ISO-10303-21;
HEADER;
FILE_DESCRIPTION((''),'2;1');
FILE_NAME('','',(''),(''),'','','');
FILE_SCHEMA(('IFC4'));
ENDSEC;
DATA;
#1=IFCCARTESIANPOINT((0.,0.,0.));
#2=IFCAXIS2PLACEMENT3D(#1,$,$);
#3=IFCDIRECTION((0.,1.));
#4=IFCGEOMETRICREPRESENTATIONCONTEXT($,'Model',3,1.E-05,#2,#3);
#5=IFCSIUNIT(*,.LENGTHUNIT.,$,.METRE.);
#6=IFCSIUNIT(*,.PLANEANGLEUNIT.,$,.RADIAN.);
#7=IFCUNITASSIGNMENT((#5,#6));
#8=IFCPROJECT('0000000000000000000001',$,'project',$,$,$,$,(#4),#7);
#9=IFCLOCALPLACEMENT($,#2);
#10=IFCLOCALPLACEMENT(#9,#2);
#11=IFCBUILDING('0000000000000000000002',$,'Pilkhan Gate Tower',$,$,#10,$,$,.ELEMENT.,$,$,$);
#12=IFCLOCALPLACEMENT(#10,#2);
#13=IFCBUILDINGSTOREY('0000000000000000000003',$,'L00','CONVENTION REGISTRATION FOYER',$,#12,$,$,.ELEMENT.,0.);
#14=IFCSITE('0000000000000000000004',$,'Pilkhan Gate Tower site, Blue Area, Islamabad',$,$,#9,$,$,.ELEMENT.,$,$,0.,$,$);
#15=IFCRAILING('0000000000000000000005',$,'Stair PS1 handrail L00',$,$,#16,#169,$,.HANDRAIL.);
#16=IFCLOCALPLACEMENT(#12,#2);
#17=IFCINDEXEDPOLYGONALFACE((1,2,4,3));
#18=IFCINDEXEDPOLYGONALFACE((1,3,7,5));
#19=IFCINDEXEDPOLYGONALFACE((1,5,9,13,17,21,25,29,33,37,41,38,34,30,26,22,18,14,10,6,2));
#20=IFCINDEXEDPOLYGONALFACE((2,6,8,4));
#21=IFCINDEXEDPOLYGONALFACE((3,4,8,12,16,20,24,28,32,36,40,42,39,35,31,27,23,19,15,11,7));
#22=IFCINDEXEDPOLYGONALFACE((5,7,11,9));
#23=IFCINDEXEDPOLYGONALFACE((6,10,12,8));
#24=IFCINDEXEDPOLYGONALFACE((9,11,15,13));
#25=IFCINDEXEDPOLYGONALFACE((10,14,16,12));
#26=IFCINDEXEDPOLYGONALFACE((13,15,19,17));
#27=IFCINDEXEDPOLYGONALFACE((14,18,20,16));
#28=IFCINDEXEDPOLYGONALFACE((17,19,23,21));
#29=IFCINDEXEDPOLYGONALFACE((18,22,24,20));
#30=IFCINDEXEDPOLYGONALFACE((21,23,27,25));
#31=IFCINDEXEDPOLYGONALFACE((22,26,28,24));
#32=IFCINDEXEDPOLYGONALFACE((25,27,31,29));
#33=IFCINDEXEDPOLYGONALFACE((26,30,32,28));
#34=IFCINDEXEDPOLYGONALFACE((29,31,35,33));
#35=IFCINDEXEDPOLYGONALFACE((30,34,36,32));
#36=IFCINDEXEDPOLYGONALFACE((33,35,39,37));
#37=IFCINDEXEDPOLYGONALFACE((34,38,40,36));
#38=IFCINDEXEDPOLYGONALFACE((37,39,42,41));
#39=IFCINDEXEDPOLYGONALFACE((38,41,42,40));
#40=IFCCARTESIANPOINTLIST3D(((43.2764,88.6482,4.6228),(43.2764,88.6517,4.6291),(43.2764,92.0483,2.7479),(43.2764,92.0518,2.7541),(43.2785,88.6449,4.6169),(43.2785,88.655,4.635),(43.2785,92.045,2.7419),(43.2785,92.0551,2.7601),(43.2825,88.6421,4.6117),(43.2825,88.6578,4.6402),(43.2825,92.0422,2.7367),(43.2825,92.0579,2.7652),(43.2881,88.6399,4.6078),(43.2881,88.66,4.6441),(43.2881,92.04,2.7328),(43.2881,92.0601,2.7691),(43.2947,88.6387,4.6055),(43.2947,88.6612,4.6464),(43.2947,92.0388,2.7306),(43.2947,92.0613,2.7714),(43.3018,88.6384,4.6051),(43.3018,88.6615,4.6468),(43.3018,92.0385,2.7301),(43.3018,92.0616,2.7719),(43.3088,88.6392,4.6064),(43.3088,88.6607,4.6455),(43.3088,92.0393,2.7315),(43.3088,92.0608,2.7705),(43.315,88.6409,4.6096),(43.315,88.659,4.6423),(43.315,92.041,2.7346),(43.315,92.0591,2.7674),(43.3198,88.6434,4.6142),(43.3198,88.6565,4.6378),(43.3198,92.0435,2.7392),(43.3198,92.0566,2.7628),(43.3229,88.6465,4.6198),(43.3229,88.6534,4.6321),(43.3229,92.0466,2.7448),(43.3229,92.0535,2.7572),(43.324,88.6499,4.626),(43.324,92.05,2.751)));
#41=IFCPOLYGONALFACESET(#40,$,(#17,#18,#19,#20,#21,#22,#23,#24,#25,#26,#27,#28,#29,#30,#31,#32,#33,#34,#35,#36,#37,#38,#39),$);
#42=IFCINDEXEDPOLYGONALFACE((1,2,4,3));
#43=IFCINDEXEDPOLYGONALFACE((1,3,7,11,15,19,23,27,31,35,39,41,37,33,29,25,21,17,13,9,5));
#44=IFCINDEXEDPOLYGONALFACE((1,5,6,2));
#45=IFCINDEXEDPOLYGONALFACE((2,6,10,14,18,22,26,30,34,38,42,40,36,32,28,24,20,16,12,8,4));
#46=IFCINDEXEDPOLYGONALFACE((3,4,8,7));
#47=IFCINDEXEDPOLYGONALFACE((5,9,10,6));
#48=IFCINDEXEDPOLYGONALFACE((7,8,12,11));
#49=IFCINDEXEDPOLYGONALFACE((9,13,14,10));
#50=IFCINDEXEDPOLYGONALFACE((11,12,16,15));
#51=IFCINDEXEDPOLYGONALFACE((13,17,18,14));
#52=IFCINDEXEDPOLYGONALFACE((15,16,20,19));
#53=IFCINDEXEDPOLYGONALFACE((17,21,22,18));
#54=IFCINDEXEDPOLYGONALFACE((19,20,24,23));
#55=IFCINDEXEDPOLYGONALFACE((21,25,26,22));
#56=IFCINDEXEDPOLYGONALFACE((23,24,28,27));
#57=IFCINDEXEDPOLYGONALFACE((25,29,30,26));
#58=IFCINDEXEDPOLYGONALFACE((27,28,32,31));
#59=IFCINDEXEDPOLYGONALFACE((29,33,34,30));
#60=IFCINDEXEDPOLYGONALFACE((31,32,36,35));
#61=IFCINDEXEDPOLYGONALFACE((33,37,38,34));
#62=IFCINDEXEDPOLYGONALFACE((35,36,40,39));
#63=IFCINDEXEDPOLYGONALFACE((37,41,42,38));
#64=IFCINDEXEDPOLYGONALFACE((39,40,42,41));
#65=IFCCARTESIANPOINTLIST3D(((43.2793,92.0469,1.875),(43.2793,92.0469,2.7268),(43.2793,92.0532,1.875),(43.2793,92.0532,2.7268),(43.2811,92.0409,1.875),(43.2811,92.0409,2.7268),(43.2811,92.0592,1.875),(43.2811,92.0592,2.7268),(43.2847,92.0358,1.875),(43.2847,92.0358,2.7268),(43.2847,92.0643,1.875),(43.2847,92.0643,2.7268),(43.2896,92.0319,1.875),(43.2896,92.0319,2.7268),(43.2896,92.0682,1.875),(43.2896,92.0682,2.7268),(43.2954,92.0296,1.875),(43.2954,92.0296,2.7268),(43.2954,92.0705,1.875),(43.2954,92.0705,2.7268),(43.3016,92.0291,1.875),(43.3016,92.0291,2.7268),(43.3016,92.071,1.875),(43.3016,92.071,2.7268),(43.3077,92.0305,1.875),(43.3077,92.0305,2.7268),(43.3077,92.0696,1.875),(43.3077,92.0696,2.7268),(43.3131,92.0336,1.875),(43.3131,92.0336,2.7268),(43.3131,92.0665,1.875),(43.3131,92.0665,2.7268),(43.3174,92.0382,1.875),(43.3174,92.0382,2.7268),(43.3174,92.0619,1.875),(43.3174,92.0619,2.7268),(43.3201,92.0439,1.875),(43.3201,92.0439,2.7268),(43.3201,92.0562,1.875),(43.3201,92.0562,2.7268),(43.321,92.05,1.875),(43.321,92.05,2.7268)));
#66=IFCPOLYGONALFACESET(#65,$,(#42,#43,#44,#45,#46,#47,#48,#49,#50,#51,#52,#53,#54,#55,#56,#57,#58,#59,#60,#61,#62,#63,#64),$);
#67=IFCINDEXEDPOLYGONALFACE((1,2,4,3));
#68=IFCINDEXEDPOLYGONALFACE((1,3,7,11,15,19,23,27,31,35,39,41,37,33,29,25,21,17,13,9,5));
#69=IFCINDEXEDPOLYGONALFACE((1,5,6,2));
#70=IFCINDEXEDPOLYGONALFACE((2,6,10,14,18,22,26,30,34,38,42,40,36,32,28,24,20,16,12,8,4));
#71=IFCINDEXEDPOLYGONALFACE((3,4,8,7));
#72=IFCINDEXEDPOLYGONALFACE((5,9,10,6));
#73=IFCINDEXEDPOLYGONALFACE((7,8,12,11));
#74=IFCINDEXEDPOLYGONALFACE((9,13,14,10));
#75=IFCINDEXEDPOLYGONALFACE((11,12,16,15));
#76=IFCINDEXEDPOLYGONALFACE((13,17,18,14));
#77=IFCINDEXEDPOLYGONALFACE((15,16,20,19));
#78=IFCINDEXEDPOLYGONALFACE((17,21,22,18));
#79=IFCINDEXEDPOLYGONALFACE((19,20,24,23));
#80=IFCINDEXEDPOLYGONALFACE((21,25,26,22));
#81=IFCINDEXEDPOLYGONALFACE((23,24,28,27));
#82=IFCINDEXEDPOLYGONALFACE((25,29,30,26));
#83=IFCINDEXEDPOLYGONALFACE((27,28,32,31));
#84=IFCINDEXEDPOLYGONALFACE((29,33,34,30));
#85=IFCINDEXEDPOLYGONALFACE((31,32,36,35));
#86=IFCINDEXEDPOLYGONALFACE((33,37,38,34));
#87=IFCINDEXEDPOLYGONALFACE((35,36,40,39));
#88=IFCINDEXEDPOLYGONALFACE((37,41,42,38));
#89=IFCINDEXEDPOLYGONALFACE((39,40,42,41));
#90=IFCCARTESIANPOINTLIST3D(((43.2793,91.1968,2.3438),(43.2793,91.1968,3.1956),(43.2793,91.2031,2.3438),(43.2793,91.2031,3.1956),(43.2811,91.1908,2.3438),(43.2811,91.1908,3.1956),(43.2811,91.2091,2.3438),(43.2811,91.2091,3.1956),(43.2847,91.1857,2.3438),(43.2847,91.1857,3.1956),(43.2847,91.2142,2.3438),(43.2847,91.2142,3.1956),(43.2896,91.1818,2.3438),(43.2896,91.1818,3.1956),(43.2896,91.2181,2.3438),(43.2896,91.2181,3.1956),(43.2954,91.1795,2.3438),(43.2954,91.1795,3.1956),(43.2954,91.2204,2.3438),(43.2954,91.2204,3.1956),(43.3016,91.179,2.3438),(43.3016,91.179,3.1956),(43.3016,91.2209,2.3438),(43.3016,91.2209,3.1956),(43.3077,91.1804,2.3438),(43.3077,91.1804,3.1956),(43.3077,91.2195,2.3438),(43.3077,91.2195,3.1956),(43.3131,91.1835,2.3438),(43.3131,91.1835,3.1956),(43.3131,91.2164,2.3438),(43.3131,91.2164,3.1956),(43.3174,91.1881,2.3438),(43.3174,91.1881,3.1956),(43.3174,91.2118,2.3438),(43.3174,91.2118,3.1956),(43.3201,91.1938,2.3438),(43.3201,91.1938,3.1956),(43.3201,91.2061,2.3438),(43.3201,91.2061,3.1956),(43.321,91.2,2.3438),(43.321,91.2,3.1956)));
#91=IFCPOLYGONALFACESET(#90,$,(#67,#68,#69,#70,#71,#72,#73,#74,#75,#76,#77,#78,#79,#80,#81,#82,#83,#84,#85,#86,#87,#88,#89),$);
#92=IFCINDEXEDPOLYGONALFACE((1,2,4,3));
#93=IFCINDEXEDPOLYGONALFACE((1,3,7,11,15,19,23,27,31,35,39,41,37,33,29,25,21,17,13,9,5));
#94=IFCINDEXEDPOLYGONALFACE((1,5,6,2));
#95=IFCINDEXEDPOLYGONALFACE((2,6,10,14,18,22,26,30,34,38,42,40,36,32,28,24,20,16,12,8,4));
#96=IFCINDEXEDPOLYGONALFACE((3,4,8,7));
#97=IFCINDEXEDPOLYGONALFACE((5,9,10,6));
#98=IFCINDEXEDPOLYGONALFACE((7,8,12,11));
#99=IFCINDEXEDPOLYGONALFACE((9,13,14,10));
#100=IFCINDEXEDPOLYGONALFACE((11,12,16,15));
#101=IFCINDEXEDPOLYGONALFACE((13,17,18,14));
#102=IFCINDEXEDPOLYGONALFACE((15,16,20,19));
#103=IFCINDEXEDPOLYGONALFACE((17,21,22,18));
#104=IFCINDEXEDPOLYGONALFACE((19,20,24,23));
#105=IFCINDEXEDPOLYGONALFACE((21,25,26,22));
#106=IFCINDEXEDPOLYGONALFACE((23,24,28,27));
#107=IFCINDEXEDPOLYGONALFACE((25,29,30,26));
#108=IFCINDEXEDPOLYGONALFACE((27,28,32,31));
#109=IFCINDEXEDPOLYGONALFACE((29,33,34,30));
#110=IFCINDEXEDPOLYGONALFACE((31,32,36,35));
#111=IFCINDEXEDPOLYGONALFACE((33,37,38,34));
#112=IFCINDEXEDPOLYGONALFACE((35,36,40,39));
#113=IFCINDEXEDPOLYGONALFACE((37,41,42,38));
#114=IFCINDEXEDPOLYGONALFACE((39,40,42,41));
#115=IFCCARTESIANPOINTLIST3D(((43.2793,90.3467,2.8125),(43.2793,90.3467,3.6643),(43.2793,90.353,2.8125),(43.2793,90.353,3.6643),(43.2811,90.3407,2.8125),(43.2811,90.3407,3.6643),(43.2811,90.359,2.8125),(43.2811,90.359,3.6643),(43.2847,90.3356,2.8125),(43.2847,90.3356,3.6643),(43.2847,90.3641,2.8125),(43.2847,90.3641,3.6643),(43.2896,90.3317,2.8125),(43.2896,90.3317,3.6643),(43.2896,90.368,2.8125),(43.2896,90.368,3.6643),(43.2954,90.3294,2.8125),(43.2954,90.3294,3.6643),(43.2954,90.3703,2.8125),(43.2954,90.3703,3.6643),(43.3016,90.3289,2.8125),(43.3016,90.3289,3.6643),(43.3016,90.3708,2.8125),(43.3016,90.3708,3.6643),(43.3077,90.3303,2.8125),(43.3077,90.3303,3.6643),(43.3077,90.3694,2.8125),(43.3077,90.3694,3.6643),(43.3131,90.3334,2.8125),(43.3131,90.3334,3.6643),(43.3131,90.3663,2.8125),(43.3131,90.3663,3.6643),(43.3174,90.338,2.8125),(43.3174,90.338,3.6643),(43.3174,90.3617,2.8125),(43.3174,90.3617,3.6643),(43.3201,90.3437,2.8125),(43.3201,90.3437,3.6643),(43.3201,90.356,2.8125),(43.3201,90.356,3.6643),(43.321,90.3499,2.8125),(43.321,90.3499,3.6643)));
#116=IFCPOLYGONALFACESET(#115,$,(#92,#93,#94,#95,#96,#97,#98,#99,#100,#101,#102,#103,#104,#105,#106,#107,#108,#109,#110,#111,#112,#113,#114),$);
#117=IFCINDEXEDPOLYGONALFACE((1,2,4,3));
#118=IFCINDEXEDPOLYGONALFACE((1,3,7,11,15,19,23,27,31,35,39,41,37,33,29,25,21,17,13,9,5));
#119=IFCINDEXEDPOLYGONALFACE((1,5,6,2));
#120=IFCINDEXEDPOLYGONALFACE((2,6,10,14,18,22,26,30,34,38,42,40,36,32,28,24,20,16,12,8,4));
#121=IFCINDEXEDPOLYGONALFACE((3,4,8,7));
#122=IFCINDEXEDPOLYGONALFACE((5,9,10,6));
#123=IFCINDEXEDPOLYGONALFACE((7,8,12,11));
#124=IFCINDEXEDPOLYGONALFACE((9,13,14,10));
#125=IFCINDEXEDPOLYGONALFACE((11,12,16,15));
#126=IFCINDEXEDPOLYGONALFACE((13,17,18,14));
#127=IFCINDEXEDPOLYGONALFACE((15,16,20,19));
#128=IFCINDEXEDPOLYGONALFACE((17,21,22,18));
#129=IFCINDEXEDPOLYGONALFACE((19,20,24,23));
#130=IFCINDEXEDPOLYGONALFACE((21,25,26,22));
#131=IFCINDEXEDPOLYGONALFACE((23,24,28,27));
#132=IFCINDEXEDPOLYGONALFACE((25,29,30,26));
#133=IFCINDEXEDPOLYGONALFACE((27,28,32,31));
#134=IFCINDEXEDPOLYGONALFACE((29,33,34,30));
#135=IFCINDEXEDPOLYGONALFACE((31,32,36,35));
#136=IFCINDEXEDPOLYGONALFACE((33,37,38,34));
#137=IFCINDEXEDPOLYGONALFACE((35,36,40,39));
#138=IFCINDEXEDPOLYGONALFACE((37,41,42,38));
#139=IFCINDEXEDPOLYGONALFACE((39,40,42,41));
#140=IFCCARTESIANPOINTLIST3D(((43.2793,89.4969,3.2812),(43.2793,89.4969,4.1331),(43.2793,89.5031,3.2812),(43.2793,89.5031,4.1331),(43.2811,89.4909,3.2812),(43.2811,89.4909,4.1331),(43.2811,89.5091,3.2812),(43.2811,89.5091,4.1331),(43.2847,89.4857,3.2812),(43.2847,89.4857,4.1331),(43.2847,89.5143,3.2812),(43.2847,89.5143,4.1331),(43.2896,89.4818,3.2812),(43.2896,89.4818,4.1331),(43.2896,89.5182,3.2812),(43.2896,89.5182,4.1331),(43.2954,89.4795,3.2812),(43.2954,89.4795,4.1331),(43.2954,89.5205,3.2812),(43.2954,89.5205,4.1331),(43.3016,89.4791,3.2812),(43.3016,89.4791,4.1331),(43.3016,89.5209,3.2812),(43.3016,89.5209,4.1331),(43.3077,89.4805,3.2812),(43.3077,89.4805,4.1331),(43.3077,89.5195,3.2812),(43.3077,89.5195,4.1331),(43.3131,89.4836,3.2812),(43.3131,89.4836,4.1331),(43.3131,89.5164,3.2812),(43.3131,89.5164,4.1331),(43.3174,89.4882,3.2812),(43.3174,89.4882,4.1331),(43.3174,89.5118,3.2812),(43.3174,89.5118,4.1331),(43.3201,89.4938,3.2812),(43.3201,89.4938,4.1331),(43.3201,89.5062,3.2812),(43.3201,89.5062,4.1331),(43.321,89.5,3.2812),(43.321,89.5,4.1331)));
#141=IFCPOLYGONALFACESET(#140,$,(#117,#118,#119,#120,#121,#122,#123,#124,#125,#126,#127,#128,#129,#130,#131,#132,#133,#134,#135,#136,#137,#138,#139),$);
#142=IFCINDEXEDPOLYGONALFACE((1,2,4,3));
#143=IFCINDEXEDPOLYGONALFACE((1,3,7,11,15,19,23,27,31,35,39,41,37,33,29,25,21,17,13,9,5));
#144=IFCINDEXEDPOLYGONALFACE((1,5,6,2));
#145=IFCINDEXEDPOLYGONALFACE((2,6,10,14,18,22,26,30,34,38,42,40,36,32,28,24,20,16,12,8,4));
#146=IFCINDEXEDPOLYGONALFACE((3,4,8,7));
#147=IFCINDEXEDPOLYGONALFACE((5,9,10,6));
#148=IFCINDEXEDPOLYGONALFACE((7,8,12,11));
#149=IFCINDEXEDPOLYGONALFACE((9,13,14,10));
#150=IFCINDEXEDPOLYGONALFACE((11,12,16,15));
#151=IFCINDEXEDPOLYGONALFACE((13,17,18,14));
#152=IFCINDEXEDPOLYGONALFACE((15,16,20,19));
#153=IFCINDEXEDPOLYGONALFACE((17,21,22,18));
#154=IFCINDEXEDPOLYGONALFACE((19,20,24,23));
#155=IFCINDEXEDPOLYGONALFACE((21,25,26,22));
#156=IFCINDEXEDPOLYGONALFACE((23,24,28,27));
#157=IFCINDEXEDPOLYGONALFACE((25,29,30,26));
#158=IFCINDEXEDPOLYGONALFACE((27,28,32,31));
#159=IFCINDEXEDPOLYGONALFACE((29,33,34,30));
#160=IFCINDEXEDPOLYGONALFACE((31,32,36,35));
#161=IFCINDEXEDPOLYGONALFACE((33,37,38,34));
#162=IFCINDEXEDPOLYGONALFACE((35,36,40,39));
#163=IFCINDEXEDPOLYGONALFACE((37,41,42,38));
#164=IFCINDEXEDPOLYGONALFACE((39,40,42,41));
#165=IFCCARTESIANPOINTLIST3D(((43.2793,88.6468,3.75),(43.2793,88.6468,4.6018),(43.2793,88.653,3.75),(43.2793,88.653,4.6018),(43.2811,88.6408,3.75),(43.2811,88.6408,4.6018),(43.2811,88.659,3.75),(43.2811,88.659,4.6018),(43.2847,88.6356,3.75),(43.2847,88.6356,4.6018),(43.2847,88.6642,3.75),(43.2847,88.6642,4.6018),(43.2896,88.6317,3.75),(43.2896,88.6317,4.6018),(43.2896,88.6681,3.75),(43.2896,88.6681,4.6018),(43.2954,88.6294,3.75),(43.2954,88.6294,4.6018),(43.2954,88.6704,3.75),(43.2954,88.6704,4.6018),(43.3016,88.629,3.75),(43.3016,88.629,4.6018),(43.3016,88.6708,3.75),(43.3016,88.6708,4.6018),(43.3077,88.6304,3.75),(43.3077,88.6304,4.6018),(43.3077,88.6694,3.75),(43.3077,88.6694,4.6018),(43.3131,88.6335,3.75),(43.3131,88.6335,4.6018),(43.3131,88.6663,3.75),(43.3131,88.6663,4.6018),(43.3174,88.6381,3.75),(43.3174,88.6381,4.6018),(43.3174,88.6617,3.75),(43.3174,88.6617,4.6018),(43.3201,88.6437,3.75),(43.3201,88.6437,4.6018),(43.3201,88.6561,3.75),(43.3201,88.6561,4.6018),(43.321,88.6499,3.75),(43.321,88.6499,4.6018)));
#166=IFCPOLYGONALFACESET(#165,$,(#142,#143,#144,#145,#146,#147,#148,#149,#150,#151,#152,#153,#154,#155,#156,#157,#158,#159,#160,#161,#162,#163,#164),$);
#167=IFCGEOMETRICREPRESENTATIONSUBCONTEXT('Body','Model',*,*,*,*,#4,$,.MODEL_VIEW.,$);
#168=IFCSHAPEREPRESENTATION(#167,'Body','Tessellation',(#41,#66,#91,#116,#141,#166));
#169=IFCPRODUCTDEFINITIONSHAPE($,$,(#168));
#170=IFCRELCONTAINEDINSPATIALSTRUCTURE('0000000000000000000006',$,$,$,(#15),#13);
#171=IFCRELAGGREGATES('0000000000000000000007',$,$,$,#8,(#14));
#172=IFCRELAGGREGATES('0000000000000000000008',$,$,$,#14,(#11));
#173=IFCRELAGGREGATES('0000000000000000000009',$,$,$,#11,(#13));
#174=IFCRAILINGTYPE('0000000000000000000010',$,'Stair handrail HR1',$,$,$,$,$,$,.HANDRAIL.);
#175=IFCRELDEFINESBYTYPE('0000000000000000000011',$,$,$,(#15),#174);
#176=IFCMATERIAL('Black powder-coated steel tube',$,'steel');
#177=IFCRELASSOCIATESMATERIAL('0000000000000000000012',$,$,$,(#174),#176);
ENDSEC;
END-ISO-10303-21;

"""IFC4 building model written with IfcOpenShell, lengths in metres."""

from ifc_helpers import new_model, si_unit, direction, frame, origin, origin_2d, place, context, subcontext, project, spatial, circle, extrude, material, type_object, element, save


model = new_model("IFC4")

# Units and contexts
model_context = context("Model", 3, precision=1e-05, world=origin(), true_north=direction((0.0, 1.0)))
body_context = subcontext(model_context, "Body", "Model", "MODEL_VIEW")
ifc_project = project(units=[si_unit("LENGTHUNIT", "METRE"), si_unit("PLANEANGLEUNIT", "RADIAN")], contexts=[model_context])

# Site, building, storey
site_placement = place(None, origin())
site = spatial("IfcSite", under=ifc_project, at=site_placement, Name="Pilkhan Gate Tower site, Blue Area, Islamabad", CompositionType="ELEMENT", RefElevation=0.0)
building_placement = place(site_placement, origin())
building = spatial("IfcBuilding", under=site, at=building_placement, Name="Pilkhan Gate Tower", CompositionType="ELEMENT")
storey_placement = place(building_placement, origin())
storey = spatial("IfcBuildingStorey", under=building, at=storey_placement, Name="L00", Description="CONVENTION REGISTRATION FOYER", CompositionType="ELEMENT", Elevation=0.0)

# Railing
ifc_material_1 = material(Name="Black powder-coated steel tube", Category="steel")
railing_type_1 = type_object("IfcRailingType", Name="Stair handrail HR1", PredefinedType="HANDRAIL", material=ifc_material_1)
for number, where, name in (
    (1, (43.3, 92.05, 1.875), "Stair PS1 handrail L00"),
):
    element("IfcRailing", number, at=place(storey_placement, frame(where)), inside=storey, type_object=railing_type_1, Name=name, PredefinedType="HANDRAIL", context=body_context, shape_type="SweptSolid", body=[
        extrude(circle(Radius=0.0239, at=origin_2d()), frame((0.0, 0.0, 0.876), z_axis=(0.0, -0.87568, 0.482891), x_axis=(1.0, 0.0, 0.0)), (0.0, 0.0, 1.0), 3.8828),
        extrude(circle(Radius=0.021, at=origin_2d()), origin(), (0.0, 0.0, 1.0), 0.8518),
        extrude(circle(Radius=0.021, at=origin_2d()), frame((0.0, -0.8501, 0.4688)), (0.0, 0.0, 1.0), 0.8518),
        extrude(circle(Radius=0.021, at=origin_2d()), frame((0.0, -1.7002, 0.9375)), (0.0, 0.0, 1.0), 0.8518),
        extrude(circle(Radius=0.021, at=origin_2d()), frame((0.0, -2.55, 1.4062)), (0.0, 0.0, 1.0), 0.8518),
        extrude(circle(Radius=0.021, at=origin_2d()), frame((0.0, -3.4001, 1.875)), (0.0, 0.0, 1.0), 0.8518),
    ])

save(model, "model.ifc")
